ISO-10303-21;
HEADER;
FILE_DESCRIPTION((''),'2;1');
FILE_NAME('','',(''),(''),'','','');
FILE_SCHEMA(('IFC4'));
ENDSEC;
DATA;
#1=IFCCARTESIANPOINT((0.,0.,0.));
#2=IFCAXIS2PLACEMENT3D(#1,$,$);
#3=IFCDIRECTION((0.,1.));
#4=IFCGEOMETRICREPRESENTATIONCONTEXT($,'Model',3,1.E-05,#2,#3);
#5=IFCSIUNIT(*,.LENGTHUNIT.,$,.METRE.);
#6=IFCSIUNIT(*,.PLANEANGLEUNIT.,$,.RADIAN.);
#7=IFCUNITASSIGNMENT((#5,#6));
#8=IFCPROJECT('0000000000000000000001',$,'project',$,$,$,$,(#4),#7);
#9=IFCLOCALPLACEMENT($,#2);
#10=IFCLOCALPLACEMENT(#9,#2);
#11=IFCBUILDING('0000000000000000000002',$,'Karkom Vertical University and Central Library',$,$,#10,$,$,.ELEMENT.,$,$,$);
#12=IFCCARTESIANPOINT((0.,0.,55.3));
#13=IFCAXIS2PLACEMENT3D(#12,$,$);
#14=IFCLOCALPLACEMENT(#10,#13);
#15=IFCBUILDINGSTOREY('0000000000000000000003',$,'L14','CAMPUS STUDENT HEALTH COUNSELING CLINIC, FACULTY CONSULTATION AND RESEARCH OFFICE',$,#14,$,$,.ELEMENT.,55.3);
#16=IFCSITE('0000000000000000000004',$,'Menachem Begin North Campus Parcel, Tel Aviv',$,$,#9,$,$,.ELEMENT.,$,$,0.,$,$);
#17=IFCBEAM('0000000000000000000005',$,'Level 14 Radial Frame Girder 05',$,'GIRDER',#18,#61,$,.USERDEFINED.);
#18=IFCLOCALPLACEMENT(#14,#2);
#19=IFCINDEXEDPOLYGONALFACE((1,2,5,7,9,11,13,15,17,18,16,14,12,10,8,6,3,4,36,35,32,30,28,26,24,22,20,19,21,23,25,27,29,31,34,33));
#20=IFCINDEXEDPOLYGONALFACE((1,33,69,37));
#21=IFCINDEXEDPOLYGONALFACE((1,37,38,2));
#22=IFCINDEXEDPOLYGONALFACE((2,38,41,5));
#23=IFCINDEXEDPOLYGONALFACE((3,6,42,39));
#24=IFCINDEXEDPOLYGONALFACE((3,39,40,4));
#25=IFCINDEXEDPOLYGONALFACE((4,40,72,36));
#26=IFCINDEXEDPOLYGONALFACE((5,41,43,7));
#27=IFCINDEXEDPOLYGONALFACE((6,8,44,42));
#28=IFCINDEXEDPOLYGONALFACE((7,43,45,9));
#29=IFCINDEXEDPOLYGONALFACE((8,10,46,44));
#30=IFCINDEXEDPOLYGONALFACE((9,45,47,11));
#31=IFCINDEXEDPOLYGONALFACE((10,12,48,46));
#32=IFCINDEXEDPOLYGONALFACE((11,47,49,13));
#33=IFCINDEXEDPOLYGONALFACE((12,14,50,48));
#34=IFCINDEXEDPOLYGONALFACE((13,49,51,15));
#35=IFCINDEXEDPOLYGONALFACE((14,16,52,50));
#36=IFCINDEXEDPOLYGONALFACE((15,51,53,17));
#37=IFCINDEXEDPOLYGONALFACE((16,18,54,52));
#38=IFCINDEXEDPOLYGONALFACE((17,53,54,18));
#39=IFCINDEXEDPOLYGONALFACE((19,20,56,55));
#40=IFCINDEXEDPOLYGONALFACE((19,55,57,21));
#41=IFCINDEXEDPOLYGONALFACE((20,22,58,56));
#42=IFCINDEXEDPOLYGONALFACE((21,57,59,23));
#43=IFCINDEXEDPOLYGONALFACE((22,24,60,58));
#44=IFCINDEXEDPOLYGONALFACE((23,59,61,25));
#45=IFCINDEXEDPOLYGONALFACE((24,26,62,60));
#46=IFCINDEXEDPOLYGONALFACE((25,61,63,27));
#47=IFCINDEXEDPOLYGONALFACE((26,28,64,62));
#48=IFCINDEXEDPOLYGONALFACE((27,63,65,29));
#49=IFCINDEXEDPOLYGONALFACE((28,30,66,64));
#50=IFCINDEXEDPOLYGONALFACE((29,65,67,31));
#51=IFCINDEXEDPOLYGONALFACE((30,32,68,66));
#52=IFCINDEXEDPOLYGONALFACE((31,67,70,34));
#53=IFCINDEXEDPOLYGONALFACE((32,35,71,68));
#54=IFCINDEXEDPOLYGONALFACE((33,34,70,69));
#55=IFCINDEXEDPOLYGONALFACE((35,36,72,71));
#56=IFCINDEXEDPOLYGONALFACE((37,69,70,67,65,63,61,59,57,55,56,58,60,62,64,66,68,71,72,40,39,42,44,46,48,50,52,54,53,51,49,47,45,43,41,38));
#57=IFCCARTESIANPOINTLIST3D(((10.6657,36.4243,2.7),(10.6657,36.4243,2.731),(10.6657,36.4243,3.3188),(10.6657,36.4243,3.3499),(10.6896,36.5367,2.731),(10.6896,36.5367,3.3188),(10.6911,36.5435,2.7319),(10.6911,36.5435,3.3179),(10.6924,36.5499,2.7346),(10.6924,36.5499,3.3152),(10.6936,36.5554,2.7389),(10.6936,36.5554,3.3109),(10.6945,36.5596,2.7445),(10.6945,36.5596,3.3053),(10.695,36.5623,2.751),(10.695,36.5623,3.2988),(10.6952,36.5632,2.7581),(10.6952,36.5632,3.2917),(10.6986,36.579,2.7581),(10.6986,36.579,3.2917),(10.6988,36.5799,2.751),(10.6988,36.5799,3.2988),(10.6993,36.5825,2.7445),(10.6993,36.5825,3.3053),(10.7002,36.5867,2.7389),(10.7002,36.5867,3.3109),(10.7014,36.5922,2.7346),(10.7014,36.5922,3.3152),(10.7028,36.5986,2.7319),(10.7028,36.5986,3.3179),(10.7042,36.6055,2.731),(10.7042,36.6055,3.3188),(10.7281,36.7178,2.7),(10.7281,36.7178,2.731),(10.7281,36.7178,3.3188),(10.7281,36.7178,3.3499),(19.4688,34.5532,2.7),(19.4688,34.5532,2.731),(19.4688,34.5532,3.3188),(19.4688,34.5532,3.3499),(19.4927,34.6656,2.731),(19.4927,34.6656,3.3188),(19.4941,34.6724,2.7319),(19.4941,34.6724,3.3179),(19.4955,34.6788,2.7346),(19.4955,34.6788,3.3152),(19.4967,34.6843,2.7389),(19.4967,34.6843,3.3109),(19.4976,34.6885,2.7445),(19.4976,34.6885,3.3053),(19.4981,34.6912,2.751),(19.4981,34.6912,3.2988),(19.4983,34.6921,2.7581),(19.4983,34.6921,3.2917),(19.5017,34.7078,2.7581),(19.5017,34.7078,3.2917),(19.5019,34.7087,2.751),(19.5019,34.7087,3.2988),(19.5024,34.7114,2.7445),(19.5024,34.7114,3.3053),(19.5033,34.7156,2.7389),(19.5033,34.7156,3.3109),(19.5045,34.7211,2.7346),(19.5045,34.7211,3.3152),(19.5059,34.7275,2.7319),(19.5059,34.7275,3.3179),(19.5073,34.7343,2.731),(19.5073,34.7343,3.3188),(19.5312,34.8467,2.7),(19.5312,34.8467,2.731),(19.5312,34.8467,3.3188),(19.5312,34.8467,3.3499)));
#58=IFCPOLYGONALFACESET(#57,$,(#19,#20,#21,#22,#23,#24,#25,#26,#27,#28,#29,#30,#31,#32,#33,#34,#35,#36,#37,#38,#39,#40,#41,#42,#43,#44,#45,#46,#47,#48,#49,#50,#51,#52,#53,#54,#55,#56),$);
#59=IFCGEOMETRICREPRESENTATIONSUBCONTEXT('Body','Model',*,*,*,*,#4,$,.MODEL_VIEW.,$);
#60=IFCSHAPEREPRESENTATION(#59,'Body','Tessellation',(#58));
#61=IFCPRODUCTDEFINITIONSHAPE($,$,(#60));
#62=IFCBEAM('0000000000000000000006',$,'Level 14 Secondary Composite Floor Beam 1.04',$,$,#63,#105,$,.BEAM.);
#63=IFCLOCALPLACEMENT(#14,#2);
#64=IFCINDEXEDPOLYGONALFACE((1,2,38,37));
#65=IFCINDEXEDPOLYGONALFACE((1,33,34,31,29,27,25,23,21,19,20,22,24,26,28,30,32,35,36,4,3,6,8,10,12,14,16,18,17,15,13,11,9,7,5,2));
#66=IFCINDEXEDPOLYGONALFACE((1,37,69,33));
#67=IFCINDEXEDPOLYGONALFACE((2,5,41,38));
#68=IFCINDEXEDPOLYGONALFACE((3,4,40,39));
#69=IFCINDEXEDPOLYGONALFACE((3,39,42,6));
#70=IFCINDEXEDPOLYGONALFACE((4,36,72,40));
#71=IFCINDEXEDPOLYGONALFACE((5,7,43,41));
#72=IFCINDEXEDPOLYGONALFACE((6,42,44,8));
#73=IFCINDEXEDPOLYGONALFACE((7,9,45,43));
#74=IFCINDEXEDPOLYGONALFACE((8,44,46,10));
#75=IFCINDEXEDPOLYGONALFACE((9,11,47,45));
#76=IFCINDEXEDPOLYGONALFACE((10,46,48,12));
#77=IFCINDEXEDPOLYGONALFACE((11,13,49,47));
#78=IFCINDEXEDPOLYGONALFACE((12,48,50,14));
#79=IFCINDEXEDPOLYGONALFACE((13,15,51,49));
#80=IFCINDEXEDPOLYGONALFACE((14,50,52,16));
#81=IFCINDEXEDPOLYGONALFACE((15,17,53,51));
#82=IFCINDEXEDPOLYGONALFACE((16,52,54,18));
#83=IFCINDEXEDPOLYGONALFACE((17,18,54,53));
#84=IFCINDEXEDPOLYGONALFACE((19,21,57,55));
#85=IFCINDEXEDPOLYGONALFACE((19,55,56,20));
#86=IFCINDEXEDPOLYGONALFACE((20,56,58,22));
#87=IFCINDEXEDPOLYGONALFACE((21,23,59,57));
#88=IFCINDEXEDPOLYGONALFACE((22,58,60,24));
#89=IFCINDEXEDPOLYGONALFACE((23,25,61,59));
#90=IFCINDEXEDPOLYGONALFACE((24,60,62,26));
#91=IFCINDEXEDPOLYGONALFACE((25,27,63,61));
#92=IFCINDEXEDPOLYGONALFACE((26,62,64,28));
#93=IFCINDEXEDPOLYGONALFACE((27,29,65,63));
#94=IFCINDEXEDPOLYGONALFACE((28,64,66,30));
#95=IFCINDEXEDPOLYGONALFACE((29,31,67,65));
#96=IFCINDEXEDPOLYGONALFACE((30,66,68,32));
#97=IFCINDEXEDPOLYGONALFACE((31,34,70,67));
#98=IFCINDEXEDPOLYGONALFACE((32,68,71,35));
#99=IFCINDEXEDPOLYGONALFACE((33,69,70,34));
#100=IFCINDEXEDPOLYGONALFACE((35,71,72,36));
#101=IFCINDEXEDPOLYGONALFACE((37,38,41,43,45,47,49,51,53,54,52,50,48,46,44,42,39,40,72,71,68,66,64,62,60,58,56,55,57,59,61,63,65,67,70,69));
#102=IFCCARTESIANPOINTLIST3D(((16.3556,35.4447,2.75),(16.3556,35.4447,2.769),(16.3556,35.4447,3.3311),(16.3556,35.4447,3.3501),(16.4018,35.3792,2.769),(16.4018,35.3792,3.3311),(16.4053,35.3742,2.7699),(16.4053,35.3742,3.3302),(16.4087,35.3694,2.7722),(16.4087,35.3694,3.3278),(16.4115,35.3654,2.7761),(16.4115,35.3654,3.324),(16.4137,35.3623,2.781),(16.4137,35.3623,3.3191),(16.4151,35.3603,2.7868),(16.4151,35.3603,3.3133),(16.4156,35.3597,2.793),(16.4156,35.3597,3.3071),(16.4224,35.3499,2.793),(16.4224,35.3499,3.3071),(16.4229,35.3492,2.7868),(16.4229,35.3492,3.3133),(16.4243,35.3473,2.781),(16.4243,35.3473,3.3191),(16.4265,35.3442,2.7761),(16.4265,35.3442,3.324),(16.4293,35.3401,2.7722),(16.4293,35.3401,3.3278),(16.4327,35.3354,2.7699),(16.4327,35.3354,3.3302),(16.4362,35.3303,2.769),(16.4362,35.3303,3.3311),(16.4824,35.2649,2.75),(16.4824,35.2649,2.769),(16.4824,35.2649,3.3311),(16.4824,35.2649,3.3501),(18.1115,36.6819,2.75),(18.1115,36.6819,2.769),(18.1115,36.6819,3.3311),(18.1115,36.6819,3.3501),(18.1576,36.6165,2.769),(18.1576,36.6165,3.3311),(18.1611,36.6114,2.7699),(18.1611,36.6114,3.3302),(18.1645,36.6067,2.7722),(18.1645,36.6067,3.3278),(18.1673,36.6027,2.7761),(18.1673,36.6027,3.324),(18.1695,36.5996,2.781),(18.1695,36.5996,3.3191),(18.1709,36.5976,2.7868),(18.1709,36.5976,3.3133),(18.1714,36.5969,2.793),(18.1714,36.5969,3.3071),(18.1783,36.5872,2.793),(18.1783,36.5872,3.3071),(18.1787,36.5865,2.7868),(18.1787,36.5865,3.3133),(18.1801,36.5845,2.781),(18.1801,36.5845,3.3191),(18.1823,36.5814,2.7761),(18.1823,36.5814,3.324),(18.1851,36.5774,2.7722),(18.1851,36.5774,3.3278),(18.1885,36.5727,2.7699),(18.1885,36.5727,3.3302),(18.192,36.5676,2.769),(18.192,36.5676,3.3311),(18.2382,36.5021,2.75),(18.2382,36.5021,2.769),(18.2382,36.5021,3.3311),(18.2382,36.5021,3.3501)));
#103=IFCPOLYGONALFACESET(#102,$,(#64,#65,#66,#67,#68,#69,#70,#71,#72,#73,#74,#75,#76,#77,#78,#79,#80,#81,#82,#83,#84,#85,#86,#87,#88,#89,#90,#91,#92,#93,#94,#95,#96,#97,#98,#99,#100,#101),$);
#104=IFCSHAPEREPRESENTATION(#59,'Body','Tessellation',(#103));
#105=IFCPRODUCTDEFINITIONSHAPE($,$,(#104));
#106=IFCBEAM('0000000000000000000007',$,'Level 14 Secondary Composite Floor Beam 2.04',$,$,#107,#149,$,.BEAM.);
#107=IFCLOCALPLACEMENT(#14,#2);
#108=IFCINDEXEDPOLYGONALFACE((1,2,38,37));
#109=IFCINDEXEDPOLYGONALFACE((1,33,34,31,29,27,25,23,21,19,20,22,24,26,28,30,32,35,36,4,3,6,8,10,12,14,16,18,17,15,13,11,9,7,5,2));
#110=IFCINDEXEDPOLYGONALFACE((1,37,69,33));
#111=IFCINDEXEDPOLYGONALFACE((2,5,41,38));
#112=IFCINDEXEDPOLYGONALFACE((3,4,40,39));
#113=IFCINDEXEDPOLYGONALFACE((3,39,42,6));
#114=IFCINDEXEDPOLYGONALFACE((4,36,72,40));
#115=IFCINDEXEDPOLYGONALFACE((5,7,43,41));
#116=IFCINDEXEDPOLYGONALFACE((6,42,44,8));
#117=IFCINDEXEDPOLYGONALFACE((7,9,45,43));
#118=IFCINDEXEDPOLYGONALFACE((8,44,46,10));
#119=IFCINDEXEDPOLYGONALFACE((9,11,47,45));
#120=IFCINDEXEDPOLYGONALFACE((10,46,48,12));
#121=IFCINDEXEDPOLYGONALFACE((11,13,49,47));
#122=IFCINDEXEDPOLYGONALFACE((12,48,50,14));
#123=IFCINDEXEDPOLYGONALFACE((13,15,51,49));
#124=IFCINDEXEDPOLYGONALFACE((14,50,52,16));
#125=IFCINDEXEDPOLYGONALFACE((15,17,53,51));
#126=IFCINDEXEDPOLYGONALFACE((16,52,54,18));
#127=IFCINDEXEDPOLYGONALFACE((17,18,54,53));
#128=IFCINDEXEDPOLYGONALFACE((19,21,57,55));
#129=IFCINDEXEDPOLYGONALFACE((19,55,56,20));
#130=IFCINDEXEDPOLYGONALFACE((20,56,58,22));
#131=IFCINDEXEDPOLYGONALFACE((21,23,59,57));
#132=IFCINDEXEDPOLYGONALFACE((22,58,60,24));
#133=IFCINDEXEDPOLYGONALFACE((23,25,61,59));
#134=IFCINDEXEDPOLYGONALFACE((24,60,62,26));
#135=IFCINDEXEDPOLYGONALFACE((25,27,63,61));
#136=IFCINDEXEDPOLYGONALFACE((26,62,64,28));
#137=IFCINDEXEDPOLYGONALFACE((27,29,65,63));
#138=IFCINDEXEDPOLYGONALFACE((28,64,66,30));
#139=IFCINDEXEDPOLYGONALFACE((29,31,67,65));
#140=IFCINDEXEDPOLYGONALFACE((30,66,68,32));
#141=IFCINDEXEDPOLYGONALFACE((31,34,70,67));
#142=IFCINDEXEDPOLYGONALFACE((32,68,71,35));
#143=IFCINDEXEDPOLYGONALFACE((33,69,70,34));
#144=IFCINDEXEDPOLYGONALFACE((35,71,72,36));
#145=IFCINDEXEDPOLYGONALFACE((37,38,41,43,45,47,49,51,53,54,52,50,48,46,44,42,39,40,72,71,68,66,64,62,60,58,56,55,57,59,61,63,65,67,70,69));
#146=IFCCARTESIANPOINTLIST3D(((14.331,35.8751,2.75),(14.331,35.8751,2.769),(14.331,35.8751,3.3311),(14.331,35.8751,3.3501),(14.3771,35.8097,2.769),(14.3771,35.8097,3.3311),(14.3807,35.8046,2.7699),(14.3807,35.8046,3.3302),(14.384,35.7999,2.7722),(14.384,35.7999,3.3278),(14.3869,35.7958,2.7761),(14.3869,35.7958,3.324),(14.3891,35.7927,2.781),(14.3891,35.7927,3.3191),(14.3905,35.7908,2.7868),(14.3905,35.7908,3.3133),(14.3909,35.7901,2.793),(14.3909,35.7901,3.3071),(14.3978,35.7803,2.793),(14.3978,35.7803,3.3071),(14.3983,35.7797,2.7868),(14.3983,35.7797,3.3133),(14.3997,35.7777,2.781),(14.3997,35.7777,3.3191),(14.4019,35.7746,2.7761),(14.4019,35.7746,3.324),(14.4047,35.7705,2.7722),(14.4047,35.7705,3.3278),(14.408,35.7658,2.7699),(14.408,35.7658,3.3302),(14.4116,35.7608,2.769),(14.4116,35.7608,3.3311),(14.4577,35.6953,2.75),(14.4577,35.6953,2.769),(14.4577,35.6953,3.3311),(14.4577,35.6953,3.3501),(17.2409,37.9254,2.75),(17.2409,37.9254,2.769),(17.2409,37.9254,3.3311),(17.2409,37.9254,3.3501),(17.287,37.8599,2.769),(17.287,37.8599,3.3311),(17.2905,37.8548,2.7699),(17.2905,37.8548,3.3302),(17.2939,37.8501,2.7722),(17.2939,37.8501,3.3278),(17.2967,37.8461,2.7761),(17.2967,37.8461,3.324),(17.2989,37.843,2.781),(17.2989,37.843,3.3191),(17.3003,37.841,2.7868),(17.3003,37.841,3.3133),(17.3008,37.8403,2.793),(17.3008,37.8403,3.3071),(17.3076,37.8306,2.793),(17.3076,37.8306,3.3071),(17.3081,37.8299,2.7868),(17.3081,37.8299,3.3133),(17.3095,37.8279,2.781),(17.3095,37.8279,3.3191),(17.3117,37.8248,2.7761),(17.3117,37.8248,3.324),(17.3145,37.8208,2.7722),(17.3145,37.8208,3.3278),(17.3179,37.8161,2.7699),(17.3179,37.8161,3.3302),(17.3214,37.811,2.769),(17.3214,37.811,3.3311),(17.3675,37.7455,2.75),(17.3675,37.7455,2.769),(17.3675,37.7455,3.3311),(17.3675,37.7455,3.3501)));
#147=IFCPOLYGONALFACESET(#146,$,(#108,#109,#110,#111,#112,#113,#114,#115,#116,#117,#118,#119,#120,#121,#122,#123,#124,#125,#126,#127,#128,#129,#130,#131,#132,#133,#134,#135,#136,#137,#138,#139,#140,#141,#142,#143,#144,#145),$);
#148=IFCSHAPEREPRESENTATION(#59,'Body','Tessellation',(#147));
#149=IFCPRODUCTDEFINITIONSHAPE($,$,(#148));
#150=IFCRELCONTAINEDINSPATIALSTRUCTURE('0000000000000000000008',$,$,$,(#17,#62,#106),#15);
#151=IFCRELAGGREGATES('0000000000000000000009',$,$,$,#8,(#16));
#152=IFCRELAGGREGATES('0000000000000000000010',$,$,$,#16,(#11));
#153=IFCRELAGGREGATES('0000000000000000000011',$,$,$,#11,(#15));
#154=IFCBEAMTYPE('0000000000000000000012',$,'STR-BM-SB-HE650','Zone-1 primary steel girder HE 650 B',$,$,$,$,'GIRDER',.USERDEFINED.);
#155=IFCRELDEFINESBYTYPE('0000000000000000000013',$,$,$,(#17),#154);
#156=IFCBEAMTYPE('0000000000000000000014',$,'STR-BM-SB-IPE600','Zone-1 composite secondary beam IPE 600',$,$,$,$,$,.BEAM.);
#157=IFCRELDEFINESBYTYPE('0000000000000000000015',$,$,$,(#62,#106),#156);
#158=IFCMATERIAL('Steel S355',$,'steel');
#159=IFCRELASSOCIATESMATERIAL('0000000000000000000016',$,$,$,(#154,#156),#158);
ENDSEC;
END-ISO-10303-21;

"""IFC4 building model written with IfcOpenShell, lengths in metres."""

from ifc_helpers import new_model, si_unit, direction, frame, origin, origin_with_axes, origin_2d, place, context, subcontext, project, spatial, i_section, extrude, source, transform, mapped, material, material_profile, profile_set, type_object, element, save


model = new_model("IFC4")

# Units and contexts
model_context = context("Model", 3, precision=1e-05, world=origin(), true_north=direction((0.0, 1.0)))
body_context = subcontext(model_context, "Body", "Model", "MODEL_VIEW")
ifc_project = project(units=[si_unit("LENGTHUNIT", "METRE"), si_unit("PLANEANGLEUNIT", "RADIAN")], contexts=[model_context])

# Site, building, storey
site_placement = place(None, origin())
site = spatial("IfcSite", under=ifc_project, at=site_placement, Name="Menachem Begin North Campus Parcel, Tel Aviv", CompositionType="ELEMENT", RefElevation=0.0)
building_placement = place(site_placement, origin())
building = spatial("IfcBuilding", under=site, at=building_placement, Name="Karkom Vertical University and Central Library", CompositionType="ELEMENT")
storey_placement = place(building_placement, frame((0.0, 0.0, 55.3)))
storey = spatial("IfcBuildingStorey", under=building, at=storey_placement, Name="L14", Description="CAMPUS STUDENT HEALTH COUNSELING CLINIC, FACULTY CONSULTATION AND RESEARCH OFFICE", CompositionType="ELEMENT", Elevation=55.3)

# Beams
ifc_material_1 = material(Name="Steel S355", Category="steel")
ifc_material_profile_1 = material_profile(ifc_material_1, i_section(OverallWidth=0.3, OverallDepth=0.6499, WebThickness=0.0161, FlangeThickness=0.031, FilletRadius=0.0271, at=origin_2d()), Name="HE 650 B")
ifc_profile_set_1 = profile_set([ifc_material_profile_1], Name="Steel S355")
beam_type_1 = type_object("IfcBeamType", Name="STR-BM-SB-HE650", Description="Zone-1 primary steel girder HE 650 B", ElementType="GIRDER", PredefinedType="USERDEFINED", material=ifc_profile_set_1)
shared_shape_1 = source(origin_with_axes(), body_context, "Body", "SweptSolid", [
    extrude(i_section(OverallWidth=0.3, OverallDepth=0.6499, WebThickness=0.0161, FlangeThickness=0.031, FilletRadius=0.0271, at=origin_2d()), origin(), (0.0, 0.0, 1.0), 8.9998),
])
beam_1_placement = place(storey_placement, frame((19.5, 34.7, 3.0249), z_axis=(-0.978148, 0.207908, 0.0), x_axis=(-0.207908, -0.978148, 0.0)))
element("IfcBeam", 1, at=beam_1_placement, inside=storey, type_object=beam_type_1, Name="Level 14 Radial Frame Girder 05", ObjectType="GIRDER", PredefinedType="USERDEFINED", context=body_context, shape_type="MappedRepresentation", body=[
    mapped(shared_shape_1, transform((0.0, 0.0, 0.0), scale=1.0)),
])
ifc_material_profile_2 = material_profile(ifc_material_1, i_section(OverallWidth=0.22, OverallDepth=0.6001, WebThickness=0.012, FlangeThickness=0.019, FilletRadius=0.0239, at=origin_2d()), Name="IPE 600")
ifc_profile_set_2 = profile_set([ifc_material_profile_2], Name="Steel S355")
beam_type_2 = type_object("IfcBeamType", Name="STR-BM-SB-IPE600", Description="Zone-1 composite secondary beam IPE 600", PredefinedType="BEAM", material=ifc_profile_set_2)
shared_shape_2 = source(origin_with_axes(), body_context, "Body", "SweptSolid", [
    extrude(i_section(OverallWidth=0.22, OverallDepth=0.6001, WebThickness=0.012, FlangeThickness=0.019, FilletRadius=0.0239, at=origin_2d()), origin(), (0.0, 0.0, 1.0), 2.1479),
])
beam_2_placement = place(storey_placement, frame((18.1748, 36.592, 3.05), z_axis=(-0.817434, -0.576023, 0.0), x_axis=(0.576023, -0.817434, 0.0)))
element("IfcBeam", 2, at=beam_2_placement, inside=storey, type_object=beam_type_2, Name="Level 14 Secondary Composite Floor Beam 1.04", PredefinedType="BEAM", context=body_context, shape_type="MappedRepresentation", body=[
    mapped(shared_shape_2, transform((0.0, 0.0, 0.0), scale=1.0)),
])
shared_shape_3 = source(origin_with_axes(), body_context, "Body", "SweptSolid", [
    extrude(i_section(OverallWidth=0.22, OverallDepth=0.6001, WebThickness=0.012, FlangeThickness=0.019, FilletRadius=0.0239, at=origin_2d()), origin(), (0.0, 0.0, 1.0), 3.5596),
])
beam_3_placement = place(storey_placement, frame((17.3042, 37.8354, 3.05), z_axis=(-0.817466, -0.575977, 0.0), x_axis=(0.575977, -0.817466, 0.0)))
element("IfcBeam", 3, at=beam_3_placement, inside=storey, type_object=beam_type_2, Name="Level 14 Secondary Composite Floor Beam 2.04", PredefinedType="BEAM", context=body_context, shape_type="MappedRepresentation", body=[
    mapped(shared_shape_3, transform((0.0, 0.0, 0.0), scale=1.0)),
])

save(model, "model.ifc")
